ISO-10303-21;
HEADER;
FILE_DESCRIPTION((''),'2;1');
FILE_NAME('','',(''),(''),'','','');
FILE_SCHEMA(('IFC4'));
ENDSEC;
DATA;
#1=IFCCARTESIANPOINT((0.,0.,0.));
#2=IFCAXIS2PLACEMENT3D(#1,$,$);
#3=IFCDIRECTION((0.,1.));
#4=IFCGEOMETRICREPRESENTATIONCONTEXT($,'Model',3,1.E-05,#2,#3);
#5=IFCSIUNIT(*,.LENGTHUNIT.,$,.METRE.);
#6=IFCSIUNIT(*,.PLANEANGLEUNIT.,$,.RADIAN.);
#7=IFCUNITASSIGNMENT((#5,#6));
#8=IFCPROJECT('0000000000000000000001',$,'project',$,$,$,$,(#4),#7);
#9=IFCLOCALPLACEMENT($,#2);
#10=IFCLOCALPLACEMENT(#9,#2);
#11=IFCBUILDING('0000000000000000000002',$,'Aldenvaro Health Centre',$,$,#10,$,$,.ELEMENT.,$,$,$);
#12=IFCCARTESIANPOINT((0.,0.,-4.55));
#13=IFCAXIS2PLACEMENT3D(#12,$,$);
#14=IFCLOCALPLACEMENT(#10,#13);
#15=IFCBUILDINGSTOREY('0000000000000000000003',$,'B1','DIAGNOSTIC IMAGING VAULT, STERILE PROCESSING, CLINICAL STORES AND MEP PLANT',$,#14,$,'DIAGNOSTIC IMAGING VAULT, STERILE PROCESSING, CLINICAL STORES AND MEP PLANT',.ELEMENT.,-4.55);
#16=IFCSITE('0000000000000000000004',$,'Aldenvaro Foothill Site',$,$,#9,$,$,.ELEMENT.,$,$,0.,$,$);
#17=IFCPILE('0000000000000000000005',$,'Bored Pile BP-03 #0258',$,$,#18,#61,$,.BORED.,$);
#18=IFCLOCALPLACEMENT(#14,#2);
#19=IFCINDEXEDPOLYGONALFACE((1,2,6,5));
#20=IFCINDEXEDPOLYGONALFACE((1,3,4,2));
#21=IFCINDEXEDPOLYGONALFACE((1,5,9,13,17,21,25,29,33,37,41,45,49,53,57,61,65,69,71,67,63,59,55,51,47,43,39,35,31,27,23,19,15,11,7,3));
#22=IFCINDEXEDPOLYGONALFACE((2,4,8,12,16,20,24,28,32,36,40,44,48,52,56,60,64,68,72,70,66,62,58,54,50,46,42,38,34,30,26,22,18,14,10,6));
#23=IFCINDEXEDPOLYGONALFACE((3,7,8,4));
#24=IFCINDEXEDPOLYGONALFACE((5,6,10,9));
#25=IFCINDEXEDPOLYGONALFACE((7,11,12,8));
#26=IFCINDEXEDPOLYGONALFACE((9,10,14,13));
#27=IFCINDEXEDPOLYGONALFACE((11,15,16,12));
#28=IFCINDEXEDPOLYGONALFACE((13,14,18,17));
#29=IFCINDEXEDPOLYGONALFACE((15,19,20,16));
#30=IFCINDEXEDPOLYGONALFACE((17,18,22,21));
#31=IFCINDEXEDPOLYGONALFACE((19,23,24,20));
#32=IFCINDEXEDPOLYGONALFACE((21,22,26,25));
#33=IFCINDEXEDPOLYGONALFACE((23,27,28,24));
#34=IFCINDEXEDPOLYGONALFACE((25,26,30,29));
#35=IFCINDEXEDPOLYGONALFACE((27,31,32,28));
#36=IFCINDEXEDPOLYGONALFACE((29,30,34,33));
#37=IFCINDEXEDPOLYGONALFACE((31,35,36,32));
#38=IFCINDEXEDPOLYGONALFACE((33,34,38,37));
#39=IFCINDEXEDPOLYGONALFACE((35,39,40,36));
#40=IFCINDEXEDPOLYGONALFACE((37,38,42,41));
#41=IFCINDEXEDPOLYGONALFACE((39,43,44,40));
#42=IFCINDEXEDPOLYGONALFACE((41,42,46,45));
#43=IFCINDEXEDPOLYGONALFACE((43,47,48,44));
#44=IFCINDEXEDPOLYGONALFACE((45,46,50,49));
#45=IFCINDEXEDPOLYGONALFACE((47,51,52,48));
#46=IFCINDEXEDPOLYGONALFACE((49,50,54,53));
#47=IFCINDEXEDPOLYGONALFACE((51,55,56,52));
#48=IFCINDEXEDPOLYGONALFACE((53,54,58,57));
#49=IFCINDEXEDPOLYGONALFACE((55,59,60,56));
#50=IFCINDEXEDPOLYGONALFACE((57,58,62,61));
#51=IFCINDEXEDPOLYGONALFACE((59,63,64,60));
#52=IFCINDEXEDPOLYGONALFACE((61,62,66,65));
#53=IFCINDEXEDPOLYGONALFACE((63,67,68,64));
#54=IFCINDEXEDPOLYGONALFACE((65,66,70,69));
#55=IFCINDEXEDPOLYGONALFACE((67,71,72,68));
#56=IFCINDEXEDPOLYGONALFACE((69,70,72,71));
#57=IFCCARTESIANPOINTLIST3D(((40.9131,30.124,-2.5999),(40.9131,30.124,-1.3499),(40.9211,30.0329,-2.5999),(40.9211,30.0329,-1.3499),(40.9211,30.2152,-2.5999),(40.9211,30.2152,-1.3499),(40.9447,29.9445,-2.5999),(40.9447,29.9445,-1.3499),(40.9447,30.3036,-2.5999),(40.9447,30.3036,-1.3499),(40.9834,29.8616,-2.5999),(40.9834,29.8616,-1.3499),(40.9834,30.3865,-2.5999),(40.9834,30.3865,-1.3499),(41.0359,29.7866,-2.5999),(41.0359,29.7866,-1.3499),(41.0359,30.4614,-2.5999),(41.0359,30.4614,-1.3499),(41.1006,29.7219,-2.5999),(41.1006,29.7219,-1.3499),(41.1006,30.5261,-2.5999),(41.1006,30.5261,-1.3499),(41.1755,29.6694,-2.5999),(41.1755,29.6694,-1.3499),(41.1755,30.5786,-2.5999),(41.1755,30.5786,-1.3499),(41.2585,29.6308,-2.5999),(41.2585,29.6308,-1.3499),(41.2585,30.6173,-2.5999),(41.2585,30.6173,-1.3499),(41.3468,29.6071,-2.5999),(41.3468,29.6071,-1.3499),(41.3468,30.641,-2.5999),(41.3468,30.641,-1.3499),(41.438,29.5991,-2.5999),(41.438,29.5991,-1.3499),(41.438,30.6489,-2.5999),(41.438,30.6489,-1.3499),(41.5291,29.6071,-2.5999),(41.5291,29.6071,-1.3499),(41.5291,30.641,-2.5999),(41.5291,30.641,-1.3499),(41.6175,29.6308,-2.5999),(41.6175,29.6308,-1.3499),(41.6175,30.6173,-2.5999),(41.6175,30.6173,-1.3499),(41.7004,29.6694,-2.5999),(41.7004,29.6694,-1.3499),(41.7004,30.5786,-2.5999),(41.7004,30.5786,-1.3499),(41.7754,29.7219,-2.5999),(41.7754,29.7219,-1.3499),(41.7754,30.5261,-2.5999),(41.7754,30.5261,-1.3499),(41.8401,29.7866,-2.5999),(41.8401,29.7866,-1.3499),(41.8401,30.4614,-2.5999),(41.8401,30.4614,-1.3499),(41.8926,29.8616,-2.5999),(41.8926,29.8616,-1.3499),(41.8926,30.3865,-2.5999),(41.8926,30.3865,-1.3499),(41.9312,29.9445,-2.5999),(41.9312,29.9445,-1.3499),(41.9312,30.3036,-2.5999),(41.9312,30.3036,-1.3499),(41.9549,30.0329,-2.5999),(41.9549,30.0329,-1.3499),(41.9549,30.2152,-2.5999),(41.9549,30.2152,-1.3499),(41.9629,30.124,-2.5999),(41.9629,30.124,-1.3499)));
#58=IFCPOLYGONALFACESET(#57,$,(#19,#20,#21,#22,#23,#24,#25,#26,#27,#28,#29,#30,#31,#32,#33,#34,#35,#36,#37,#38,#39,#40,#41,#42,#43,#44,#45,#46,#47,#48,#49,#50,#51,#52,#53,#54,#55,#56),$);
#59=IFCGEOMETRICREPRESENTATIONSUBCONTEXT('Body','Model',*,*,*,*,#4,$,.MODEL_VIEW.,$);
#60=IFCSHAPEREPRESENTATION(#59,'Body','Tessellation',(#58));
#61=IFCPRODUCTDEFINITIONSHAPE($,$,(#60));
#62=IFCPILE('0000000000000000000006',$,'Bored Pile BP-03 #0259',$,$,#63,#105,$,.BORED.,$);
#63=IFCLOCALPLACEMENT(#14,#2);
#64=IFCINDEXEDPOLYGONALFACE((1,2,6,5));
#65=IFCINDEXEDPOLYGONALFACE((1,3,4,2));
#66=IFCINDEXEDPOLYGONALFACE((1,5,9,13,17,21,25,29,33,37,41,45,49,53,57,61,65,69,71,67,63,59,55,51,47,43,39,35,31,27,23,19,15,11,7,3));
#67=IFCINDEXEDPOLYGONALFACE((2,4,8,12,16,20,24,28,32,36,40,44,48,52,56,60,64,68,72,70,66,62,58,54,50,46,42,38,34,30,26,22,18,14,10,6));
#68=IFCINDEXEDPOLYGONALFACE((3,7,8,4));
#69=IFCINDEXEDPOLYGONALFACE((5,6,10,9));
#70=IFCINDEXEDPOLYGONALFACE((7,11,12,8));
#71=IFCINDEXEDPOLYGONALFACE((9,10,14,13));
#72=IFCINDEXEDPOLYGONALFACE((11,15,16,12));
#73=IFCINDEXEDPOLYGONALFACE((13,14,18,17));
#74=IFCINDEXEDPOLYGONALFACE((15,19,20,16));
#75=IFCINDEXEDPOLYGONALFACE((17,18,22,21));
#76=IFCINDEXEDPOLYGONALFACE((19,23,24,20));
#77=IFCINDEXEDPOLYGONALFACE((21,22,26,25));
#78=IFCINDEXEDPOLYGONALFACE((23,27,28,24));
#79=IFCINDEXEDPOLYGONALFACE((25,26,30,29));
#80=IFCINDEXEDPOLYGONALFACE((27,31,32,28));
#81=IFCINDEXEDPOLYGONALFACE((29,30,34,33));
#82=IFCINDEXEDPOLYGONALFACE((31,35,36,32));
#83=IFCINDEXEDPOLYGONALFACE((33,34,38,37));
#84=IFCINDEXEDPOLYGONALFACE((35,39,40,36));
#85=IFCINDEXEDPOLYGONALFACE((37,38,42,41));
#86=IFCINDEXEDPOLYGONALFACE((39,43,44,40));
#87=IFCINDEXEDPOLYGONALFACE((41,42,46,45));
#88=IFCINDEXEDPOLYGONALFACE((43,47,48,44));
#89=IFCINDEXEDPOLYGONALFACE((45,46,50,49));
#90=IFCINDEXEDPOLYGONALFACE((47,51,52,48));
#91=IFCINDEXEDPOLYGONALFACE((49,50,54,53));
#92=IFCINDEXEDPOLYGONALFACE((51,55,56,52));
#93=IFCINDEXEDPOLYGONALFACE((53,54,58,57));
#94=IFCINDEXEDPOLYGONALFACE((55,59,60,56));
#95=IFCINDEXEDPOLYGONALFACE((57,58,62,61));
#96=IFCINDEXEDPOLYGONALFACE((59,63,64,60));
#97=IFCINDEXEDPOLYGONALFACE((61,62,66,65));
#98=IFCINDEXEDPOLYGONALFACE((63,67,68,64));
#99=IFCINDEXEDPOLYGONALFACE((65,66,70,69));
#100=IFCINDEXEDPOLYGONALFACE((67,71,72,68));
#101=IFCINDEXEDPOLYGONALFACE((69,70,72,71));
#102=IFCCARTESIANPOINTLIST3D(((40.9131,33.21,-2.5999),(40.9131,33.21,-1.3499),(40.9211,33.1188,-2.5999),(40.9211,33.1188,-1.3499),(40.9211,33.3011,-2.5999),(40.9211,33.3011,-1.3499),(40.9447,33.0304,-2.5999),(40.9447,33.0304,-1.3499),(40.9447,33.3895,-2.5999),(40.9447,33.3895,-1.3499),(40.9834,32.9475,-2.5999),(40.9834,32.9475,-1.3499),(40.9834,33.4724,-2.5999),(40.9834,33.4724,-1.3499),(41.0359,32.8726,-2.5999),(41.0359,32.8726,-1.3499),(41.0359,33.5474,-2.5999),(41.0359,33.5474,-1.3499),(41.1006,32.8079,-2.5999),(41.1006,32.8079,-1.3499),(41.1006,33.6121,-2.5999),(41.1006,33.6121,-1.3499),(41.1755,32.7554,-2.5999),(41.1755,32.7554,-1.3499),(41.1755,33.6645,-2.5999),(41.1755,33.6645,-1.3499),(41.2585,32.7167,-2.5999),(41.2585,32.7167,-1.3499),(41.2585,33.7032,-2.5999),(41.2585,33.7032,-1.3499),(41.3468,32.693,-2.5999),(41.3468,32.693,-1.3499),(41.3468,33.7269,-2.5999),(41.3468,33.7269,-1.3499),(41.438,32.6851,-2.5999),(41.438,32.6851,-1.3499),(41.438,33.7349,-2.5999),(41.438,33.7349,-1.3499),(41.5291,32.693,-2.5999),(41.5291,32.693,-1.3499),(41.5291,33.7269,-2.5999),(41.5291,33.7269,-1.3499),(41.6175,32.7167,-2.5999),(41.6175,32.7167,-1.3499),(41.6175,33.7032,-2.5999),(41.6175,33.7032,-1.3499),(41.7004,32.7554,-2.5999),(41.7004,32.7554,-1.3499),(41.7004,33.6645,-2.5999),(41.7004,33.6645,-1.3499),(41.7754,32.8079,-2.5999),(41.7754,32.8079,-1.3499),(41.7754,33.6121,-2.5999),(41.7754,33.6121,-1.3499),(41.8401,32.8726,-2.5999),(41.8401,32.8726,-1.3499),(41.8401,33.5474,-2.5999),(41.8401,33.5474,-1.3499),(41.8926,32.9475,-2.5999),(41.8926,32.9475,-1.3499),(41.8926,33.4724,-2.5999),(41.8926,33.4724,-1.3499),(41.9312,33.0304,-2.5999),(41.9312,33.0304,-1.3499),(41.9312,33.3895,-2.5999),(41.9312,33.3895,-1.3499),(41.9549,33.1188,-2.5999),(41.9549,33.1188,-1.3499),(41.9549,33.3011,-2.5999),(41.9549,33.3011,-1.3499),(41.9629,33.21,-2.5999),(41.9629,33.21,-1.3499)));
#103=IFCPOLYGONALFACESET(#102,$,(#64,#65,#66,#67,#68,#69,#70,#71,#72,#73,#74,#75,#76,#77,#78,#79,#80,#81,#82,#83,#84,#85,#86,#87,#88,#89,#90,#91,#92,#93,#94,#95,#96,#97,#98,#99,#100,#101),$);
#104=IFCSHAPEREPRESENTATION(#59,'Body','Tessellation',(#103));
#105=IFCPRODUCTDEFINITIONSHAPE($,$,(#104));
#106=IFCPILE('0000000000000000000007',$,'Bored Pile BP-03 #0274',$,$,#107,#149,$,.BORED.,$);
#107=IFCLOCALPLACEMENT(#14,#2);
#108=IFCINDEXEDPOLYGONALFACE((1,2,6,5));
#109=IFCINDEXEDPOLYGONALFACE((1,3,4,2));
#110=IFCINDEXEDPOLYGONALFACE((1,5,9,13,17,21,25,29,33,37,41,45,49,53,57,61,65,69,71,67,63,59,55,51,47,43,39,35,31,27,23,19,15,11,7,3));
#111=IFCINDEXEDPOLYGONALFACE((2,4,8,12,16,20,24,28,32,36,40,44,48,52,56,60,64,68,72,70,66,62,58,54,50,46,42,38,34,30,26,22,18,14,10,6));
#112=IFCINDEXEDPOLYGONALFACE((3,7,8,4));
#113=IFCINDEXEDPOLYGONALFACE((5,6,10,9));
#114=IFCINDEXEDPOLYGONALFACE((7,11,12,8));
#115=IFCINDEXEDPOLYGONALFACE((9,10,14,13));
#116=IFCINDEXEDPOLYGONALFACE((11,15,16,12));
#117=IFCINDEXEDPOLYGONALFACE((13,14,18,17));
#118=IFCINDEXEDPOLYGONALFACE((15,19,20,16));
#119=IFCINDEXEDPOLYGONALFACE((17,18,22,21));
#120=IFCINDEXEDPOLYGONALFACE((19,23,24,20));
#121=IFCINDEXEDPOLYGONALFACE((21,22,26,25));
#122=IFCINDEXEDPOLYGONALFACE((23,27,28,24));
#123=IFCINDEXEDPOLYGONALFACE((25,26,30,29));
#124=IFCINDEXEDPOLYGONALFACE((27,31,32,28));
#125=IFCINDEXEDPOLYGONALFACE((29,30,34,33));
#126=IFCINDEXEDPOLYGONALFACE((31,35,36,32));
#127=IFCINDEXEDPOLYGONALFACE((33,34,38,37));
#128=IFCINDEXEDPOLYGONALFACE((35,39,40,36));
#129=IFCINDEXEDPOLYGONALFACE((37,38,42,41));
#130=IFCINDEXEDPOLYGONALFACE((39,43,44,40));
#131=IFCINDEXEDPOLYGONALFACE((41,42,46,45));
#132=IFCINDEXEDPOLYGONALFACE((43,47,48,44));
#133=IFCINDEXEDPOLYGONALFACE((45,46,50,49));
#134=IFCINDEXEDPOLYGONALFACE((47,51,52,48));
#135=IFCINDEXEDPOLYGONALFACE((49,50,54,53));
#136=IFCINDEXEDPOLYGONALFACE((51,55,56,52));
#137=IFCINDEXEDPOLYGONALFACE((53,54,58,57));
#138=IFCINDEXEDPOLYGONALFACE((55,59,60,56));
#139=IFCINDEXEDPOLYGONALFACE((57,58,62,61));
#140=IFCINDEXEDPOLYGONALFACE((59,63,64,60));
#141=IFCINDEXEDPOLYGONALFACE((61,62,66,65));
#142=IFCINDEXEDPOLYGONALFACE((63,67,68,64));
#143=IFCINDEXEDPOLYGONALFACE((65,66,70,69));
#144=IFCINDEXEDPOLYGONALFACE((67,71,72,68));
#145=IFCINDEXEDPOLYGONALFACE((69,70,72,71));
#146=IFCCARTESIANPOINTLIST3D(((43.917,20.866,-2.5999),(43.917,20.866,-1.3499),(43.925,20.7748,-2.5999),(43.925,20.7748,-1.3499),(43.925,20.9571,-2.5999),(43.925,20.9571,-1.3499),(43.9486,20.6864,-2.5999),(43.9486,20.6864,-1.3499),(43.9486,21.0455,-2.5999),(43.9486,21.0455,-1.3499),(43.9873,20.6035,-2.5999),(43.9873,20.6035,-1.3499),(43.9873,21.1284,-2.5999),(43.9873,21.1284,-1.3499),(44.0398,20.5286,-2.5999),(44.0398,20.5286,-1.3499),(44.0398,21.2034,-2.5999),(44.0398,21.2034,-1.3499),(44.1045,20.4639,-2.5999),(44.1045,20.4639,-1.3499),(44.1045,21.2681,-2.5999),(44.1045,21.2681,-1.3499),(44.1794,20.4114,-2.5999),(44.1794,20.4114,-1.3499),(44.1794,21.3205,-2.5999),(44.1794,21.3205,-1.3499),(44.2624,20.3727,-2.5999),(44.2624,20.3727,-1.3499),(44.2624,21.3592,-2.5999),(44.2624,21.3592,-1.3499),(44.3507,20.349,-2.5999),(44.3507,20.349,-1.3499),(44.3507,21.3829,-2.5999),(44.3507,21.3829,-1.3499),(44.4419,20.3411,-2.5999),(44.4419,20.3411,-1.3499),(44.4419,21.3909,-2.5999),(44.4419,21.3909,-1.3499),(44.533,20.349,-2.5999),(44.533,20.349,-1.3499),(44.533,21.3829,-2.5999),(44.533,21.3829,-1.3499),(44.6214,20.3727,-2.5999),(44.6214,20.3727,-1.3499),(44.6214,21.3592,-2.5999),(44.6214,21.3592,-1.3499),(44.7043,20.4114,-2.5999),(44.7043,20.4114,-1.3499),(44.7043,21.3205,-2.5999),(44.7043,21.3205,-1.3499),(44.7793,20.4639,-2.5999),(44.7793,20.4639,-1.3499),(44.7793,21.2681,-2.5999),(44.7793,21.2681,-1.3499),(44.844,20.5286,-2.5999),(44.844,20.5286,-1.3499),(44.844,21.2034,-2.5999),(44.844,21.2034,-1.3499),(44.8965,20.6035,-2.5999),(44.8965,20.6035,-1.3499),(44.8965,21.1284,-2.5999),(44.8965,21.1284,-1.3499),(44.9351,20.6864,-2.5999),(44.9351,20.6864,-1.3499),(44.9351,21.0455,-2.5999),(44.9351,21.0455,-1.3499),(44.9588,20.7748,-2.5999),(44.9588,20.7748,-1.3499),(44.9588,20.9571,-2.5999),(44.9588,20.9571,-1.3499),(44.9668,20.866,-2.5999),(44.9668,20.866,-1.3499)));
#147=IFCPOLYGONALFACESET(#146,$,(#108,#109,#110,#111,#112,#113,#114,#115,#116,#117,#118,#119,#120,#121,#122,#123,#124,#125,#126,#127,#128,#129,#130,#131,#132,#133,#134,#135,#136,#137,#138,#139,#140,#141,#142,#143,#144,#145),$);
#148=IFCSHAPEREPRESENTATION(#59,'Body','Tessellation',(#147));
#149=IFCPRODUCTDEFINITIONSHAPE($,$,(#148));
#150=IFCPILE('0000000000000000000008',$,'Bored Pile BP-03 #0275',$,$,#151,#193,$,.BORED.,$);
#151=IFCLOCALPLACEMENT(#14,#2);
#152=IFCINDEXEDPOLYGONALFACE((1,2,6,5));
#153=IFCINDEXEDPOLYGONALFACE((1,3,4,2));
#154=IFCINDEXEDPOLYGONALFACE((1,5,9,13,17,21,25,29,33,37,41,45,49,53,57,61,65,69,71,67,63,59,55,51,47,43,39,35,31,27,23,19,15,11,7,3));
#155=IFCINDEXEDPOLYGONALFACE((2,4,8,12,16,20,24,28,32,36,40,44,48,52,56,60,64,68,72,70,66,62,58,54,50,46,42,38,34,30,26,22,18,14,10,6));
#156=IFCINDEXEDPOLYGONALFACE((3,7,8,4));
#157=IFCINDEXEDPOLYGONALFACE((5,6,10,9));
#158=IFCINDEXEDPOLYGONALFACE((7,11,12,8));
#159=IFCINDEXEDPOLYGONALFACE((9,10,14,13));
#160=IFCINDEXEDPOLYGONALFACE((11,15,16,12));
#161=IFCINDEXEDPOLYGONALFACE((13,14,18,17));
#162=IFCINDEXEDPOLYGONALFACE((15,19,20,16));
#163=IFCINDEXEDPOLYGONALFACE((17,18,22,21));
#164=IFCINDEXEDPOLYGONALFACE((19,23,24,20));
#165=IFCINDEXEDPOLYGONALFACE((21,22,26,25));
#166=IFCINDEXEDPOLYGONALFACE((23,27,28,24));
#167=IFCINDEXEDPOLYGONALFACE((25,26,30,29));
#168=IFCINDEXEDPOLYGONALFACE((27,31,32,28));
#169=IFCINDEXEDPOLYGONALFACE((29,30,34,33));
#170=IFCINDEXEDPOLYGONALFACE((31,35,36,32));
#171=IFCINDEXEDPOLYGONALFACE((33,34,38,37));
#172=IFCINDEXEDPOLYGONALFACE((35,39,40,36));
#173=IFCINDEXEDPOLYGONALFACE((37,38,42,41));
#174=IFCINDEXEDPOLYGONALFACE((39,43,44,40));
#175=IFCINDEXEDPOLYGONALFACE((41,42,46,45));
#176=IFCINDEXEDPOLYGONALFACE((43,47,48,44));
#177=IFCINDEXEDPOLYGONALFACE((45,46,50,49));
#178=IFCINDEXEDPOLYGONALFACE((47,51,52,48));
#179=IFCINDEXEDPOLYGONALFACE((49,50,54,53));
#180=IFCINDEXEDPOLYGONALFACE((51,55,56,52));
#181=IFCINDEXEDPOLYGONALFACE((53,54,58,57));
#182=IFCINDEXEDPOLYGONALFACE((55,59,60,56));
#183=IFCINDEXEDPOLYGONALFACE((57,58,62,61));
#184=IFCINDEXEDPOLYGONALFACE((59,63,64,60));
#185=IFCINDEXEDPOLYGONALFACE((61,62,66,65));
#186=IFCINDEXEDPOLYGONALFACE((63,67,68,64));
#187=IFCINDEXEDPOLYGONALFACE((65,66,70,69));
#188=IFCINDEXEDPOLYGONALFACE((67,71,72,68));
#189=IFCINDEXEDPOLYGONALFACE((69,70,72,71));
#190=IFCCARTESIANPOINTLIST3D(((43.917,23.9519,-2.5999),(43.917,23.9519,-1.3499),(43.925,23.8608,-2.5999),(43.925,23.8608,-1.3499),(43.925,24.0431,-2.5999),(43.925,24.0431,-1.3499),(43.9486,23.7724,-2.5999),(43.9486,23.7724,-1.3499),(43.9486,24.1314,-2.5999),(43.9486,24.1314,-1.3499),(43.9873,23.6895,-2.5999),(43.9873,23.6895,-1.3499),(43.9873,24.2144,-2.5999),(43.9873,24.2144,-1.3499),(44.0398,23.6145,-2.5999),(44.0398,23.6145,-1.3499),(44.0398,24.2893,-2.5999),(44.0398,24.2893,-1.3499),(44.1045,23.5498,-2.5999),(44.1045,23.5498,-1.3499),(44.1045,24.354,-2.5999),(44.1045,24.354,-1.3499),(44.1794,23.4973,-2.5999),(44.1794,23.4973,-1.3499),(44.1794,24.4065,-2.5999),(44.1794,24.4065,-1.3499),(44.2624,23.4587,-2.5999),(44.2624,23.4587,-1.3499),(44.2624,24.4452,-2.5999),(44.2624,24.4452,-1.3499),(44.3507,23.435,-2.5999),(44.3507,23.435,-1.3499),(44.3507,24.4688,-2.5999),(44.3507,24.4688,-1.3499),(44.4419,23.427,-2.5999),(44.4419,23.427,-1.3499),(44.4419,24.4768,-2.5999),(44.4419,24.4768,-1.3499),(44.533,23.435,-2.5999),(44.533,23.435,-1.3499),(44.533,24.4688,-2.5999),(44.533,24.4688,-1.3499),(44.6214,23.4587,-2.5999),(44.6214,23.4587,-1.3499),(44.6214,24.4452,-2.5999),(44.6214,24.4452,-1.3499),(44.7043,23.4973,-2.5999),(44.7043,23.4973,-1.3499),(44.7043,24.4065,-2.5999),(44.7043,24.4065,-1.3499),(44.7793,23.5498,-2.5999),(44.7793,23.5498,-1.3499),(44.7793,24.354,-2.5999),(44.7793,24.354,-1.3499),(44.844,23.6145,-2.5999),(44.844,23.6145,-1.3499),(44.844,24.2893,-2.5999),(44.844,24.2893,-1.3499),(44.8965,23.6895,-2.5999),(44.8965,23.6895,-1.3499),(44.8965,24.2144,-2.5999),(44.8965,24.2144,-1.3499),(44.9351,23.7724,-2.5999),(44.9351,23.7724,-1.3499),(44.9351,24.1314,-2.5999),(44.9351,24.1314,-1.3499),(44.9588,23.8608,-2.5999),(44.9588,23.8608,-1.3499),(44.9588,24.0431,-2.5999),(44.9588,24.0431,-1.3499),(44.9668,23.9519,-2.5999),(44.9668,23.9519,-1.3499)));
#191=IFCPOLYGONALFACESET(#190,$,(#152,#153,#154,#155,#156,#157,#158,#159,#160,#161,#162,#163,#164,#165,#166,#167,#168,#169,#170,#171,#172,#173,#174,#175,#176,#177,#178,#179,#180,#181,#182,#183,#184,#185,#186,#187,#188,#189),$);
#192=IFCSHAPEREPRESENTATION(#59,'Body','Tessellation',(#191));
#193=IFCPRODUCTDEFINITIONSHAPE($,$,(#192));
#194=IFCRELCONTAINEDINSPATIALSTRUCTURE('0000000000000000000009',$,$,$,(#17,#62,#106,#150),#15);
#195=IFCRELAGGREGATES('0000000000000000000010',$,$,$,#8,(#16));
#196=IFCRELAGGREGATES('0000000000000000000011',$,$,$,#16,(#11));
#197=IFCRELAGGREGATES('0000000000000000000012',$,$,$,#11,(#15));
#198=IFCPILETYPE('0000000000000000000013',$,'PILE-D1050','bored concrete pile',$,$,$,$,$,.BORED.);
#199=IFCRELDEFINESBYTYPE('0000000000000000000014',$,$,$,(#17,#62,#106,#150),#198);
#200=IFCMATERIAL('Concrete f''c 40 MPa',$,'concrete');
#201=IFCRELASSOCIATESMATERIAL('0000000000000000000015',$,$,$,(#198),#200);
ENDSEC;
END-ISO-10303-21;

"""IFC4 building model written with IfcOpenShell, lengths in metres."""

from ifc_helpers import new_model, si_unit, direction, frame, origin, origin_2d, place, context, subcontext, project, spatial, circle, extrude, material, material_profile, profile_set, type_object, element, save


model = new_model("IFC4")

# Units and contexts
model_context = context("Model", 3, precision=1e-05, world=origin(), true_north=direction((0.0, 1.0)))
body_context = subcontext(model_context, "Body", "Model", "MODEL_VIEW")
ifc_project = project(units=[si_unit("LENGTHUNIT", "METRE"), si_unit("PLANEANGLEUNIT", "RADIAN")], contexts=[model_context])

# Site, building, storey
site_placement = place(None, origin())
site = spatial("IfcSite", under=ifc_project, at=site_placement, Name="Aldenvaro Foothill Site", CompositionType="ELEMENT", RefElevation=0.0)
building_placement = place(site_placement, origin())
building = spatial("IfcBuilding", under=site, at=building_placement, Name="Aldenvaro Health Centre", CompositionType="ELEMENT")
storey_placement = place(building_placement, frame((0.0, 0.0, -4.55)))
storey = spatial("IfcBuildingStorey", under=building, at=storey_placement, Name="B1", Description="DIAGNOSTIC IMAGING VAULT, STERILE PROCESSING, CLINICAL STORES AND MEP PLANT", LongName="DIAGNOSTIC IMAGING VAULT, STERILE PROCESSING, CLINICAL STORES AND MEP PLANT", CompositionType="ELEMENT", Elevation=-4.55)

# Piles
ifc_material_1 = material(Name="Concrete f'c 40 MPa", Category="concrete")
ifc_material_profile = material_profile(ifc_material_1, circle(Radius=0.5249, at=origin_2d()), Name="PILE D1050", Category="concrete")
ifc_profile_set = profile_set([ifc_material_profile], Name="Concrete f'c 40 MPa")
pile_type = type_object("IfcPileType", Name="PILE-D1050", Description="bored concrete pile", PredefinedType="BORED", material=ifc_profile_set)
for number, where, z_axis, x_axis, name in (
    (1, (41.438, 30.124, -1.3499), (0.0, 0.0, -1.0), (1.0, 0.0, 0.0), "Bored Pile BP-03 #0258"),
    (2, (41.438, 33.21, -1.3499), (0.0, 0.0, -1.0), (1.0, 0.0, 0.0), "Bored Pile BP-03 #0259"),
    (3, (44.4419, 20.866, -1.3499), (0.0, 0.0, -1.0), (1.0, 0.0, 0.0), "Bored Pile BP-03 #0274"),
    (4, (44.4419, 23.9519, -1.3499), (0.0, 0.0, -1.0), (1.0, 0.0, 0.0), "Bored Pile BP-03 #0275"),
):
    element("IfcPile", number, at=place(storey_placement, frame(where, z_axis=z_axis, x_axis=x_axis)), inside=storey, type_object=pile_type, Name=name, PredefinedType="BORED", context=body_context, shape_type="SweptSolid", body=[
        extrude(circle(Radius=0.5249, at=origin_2d()), origin(), (0.0, 0.0, 1.0), 1.25),
    ])

save(model, "model.ifc")
